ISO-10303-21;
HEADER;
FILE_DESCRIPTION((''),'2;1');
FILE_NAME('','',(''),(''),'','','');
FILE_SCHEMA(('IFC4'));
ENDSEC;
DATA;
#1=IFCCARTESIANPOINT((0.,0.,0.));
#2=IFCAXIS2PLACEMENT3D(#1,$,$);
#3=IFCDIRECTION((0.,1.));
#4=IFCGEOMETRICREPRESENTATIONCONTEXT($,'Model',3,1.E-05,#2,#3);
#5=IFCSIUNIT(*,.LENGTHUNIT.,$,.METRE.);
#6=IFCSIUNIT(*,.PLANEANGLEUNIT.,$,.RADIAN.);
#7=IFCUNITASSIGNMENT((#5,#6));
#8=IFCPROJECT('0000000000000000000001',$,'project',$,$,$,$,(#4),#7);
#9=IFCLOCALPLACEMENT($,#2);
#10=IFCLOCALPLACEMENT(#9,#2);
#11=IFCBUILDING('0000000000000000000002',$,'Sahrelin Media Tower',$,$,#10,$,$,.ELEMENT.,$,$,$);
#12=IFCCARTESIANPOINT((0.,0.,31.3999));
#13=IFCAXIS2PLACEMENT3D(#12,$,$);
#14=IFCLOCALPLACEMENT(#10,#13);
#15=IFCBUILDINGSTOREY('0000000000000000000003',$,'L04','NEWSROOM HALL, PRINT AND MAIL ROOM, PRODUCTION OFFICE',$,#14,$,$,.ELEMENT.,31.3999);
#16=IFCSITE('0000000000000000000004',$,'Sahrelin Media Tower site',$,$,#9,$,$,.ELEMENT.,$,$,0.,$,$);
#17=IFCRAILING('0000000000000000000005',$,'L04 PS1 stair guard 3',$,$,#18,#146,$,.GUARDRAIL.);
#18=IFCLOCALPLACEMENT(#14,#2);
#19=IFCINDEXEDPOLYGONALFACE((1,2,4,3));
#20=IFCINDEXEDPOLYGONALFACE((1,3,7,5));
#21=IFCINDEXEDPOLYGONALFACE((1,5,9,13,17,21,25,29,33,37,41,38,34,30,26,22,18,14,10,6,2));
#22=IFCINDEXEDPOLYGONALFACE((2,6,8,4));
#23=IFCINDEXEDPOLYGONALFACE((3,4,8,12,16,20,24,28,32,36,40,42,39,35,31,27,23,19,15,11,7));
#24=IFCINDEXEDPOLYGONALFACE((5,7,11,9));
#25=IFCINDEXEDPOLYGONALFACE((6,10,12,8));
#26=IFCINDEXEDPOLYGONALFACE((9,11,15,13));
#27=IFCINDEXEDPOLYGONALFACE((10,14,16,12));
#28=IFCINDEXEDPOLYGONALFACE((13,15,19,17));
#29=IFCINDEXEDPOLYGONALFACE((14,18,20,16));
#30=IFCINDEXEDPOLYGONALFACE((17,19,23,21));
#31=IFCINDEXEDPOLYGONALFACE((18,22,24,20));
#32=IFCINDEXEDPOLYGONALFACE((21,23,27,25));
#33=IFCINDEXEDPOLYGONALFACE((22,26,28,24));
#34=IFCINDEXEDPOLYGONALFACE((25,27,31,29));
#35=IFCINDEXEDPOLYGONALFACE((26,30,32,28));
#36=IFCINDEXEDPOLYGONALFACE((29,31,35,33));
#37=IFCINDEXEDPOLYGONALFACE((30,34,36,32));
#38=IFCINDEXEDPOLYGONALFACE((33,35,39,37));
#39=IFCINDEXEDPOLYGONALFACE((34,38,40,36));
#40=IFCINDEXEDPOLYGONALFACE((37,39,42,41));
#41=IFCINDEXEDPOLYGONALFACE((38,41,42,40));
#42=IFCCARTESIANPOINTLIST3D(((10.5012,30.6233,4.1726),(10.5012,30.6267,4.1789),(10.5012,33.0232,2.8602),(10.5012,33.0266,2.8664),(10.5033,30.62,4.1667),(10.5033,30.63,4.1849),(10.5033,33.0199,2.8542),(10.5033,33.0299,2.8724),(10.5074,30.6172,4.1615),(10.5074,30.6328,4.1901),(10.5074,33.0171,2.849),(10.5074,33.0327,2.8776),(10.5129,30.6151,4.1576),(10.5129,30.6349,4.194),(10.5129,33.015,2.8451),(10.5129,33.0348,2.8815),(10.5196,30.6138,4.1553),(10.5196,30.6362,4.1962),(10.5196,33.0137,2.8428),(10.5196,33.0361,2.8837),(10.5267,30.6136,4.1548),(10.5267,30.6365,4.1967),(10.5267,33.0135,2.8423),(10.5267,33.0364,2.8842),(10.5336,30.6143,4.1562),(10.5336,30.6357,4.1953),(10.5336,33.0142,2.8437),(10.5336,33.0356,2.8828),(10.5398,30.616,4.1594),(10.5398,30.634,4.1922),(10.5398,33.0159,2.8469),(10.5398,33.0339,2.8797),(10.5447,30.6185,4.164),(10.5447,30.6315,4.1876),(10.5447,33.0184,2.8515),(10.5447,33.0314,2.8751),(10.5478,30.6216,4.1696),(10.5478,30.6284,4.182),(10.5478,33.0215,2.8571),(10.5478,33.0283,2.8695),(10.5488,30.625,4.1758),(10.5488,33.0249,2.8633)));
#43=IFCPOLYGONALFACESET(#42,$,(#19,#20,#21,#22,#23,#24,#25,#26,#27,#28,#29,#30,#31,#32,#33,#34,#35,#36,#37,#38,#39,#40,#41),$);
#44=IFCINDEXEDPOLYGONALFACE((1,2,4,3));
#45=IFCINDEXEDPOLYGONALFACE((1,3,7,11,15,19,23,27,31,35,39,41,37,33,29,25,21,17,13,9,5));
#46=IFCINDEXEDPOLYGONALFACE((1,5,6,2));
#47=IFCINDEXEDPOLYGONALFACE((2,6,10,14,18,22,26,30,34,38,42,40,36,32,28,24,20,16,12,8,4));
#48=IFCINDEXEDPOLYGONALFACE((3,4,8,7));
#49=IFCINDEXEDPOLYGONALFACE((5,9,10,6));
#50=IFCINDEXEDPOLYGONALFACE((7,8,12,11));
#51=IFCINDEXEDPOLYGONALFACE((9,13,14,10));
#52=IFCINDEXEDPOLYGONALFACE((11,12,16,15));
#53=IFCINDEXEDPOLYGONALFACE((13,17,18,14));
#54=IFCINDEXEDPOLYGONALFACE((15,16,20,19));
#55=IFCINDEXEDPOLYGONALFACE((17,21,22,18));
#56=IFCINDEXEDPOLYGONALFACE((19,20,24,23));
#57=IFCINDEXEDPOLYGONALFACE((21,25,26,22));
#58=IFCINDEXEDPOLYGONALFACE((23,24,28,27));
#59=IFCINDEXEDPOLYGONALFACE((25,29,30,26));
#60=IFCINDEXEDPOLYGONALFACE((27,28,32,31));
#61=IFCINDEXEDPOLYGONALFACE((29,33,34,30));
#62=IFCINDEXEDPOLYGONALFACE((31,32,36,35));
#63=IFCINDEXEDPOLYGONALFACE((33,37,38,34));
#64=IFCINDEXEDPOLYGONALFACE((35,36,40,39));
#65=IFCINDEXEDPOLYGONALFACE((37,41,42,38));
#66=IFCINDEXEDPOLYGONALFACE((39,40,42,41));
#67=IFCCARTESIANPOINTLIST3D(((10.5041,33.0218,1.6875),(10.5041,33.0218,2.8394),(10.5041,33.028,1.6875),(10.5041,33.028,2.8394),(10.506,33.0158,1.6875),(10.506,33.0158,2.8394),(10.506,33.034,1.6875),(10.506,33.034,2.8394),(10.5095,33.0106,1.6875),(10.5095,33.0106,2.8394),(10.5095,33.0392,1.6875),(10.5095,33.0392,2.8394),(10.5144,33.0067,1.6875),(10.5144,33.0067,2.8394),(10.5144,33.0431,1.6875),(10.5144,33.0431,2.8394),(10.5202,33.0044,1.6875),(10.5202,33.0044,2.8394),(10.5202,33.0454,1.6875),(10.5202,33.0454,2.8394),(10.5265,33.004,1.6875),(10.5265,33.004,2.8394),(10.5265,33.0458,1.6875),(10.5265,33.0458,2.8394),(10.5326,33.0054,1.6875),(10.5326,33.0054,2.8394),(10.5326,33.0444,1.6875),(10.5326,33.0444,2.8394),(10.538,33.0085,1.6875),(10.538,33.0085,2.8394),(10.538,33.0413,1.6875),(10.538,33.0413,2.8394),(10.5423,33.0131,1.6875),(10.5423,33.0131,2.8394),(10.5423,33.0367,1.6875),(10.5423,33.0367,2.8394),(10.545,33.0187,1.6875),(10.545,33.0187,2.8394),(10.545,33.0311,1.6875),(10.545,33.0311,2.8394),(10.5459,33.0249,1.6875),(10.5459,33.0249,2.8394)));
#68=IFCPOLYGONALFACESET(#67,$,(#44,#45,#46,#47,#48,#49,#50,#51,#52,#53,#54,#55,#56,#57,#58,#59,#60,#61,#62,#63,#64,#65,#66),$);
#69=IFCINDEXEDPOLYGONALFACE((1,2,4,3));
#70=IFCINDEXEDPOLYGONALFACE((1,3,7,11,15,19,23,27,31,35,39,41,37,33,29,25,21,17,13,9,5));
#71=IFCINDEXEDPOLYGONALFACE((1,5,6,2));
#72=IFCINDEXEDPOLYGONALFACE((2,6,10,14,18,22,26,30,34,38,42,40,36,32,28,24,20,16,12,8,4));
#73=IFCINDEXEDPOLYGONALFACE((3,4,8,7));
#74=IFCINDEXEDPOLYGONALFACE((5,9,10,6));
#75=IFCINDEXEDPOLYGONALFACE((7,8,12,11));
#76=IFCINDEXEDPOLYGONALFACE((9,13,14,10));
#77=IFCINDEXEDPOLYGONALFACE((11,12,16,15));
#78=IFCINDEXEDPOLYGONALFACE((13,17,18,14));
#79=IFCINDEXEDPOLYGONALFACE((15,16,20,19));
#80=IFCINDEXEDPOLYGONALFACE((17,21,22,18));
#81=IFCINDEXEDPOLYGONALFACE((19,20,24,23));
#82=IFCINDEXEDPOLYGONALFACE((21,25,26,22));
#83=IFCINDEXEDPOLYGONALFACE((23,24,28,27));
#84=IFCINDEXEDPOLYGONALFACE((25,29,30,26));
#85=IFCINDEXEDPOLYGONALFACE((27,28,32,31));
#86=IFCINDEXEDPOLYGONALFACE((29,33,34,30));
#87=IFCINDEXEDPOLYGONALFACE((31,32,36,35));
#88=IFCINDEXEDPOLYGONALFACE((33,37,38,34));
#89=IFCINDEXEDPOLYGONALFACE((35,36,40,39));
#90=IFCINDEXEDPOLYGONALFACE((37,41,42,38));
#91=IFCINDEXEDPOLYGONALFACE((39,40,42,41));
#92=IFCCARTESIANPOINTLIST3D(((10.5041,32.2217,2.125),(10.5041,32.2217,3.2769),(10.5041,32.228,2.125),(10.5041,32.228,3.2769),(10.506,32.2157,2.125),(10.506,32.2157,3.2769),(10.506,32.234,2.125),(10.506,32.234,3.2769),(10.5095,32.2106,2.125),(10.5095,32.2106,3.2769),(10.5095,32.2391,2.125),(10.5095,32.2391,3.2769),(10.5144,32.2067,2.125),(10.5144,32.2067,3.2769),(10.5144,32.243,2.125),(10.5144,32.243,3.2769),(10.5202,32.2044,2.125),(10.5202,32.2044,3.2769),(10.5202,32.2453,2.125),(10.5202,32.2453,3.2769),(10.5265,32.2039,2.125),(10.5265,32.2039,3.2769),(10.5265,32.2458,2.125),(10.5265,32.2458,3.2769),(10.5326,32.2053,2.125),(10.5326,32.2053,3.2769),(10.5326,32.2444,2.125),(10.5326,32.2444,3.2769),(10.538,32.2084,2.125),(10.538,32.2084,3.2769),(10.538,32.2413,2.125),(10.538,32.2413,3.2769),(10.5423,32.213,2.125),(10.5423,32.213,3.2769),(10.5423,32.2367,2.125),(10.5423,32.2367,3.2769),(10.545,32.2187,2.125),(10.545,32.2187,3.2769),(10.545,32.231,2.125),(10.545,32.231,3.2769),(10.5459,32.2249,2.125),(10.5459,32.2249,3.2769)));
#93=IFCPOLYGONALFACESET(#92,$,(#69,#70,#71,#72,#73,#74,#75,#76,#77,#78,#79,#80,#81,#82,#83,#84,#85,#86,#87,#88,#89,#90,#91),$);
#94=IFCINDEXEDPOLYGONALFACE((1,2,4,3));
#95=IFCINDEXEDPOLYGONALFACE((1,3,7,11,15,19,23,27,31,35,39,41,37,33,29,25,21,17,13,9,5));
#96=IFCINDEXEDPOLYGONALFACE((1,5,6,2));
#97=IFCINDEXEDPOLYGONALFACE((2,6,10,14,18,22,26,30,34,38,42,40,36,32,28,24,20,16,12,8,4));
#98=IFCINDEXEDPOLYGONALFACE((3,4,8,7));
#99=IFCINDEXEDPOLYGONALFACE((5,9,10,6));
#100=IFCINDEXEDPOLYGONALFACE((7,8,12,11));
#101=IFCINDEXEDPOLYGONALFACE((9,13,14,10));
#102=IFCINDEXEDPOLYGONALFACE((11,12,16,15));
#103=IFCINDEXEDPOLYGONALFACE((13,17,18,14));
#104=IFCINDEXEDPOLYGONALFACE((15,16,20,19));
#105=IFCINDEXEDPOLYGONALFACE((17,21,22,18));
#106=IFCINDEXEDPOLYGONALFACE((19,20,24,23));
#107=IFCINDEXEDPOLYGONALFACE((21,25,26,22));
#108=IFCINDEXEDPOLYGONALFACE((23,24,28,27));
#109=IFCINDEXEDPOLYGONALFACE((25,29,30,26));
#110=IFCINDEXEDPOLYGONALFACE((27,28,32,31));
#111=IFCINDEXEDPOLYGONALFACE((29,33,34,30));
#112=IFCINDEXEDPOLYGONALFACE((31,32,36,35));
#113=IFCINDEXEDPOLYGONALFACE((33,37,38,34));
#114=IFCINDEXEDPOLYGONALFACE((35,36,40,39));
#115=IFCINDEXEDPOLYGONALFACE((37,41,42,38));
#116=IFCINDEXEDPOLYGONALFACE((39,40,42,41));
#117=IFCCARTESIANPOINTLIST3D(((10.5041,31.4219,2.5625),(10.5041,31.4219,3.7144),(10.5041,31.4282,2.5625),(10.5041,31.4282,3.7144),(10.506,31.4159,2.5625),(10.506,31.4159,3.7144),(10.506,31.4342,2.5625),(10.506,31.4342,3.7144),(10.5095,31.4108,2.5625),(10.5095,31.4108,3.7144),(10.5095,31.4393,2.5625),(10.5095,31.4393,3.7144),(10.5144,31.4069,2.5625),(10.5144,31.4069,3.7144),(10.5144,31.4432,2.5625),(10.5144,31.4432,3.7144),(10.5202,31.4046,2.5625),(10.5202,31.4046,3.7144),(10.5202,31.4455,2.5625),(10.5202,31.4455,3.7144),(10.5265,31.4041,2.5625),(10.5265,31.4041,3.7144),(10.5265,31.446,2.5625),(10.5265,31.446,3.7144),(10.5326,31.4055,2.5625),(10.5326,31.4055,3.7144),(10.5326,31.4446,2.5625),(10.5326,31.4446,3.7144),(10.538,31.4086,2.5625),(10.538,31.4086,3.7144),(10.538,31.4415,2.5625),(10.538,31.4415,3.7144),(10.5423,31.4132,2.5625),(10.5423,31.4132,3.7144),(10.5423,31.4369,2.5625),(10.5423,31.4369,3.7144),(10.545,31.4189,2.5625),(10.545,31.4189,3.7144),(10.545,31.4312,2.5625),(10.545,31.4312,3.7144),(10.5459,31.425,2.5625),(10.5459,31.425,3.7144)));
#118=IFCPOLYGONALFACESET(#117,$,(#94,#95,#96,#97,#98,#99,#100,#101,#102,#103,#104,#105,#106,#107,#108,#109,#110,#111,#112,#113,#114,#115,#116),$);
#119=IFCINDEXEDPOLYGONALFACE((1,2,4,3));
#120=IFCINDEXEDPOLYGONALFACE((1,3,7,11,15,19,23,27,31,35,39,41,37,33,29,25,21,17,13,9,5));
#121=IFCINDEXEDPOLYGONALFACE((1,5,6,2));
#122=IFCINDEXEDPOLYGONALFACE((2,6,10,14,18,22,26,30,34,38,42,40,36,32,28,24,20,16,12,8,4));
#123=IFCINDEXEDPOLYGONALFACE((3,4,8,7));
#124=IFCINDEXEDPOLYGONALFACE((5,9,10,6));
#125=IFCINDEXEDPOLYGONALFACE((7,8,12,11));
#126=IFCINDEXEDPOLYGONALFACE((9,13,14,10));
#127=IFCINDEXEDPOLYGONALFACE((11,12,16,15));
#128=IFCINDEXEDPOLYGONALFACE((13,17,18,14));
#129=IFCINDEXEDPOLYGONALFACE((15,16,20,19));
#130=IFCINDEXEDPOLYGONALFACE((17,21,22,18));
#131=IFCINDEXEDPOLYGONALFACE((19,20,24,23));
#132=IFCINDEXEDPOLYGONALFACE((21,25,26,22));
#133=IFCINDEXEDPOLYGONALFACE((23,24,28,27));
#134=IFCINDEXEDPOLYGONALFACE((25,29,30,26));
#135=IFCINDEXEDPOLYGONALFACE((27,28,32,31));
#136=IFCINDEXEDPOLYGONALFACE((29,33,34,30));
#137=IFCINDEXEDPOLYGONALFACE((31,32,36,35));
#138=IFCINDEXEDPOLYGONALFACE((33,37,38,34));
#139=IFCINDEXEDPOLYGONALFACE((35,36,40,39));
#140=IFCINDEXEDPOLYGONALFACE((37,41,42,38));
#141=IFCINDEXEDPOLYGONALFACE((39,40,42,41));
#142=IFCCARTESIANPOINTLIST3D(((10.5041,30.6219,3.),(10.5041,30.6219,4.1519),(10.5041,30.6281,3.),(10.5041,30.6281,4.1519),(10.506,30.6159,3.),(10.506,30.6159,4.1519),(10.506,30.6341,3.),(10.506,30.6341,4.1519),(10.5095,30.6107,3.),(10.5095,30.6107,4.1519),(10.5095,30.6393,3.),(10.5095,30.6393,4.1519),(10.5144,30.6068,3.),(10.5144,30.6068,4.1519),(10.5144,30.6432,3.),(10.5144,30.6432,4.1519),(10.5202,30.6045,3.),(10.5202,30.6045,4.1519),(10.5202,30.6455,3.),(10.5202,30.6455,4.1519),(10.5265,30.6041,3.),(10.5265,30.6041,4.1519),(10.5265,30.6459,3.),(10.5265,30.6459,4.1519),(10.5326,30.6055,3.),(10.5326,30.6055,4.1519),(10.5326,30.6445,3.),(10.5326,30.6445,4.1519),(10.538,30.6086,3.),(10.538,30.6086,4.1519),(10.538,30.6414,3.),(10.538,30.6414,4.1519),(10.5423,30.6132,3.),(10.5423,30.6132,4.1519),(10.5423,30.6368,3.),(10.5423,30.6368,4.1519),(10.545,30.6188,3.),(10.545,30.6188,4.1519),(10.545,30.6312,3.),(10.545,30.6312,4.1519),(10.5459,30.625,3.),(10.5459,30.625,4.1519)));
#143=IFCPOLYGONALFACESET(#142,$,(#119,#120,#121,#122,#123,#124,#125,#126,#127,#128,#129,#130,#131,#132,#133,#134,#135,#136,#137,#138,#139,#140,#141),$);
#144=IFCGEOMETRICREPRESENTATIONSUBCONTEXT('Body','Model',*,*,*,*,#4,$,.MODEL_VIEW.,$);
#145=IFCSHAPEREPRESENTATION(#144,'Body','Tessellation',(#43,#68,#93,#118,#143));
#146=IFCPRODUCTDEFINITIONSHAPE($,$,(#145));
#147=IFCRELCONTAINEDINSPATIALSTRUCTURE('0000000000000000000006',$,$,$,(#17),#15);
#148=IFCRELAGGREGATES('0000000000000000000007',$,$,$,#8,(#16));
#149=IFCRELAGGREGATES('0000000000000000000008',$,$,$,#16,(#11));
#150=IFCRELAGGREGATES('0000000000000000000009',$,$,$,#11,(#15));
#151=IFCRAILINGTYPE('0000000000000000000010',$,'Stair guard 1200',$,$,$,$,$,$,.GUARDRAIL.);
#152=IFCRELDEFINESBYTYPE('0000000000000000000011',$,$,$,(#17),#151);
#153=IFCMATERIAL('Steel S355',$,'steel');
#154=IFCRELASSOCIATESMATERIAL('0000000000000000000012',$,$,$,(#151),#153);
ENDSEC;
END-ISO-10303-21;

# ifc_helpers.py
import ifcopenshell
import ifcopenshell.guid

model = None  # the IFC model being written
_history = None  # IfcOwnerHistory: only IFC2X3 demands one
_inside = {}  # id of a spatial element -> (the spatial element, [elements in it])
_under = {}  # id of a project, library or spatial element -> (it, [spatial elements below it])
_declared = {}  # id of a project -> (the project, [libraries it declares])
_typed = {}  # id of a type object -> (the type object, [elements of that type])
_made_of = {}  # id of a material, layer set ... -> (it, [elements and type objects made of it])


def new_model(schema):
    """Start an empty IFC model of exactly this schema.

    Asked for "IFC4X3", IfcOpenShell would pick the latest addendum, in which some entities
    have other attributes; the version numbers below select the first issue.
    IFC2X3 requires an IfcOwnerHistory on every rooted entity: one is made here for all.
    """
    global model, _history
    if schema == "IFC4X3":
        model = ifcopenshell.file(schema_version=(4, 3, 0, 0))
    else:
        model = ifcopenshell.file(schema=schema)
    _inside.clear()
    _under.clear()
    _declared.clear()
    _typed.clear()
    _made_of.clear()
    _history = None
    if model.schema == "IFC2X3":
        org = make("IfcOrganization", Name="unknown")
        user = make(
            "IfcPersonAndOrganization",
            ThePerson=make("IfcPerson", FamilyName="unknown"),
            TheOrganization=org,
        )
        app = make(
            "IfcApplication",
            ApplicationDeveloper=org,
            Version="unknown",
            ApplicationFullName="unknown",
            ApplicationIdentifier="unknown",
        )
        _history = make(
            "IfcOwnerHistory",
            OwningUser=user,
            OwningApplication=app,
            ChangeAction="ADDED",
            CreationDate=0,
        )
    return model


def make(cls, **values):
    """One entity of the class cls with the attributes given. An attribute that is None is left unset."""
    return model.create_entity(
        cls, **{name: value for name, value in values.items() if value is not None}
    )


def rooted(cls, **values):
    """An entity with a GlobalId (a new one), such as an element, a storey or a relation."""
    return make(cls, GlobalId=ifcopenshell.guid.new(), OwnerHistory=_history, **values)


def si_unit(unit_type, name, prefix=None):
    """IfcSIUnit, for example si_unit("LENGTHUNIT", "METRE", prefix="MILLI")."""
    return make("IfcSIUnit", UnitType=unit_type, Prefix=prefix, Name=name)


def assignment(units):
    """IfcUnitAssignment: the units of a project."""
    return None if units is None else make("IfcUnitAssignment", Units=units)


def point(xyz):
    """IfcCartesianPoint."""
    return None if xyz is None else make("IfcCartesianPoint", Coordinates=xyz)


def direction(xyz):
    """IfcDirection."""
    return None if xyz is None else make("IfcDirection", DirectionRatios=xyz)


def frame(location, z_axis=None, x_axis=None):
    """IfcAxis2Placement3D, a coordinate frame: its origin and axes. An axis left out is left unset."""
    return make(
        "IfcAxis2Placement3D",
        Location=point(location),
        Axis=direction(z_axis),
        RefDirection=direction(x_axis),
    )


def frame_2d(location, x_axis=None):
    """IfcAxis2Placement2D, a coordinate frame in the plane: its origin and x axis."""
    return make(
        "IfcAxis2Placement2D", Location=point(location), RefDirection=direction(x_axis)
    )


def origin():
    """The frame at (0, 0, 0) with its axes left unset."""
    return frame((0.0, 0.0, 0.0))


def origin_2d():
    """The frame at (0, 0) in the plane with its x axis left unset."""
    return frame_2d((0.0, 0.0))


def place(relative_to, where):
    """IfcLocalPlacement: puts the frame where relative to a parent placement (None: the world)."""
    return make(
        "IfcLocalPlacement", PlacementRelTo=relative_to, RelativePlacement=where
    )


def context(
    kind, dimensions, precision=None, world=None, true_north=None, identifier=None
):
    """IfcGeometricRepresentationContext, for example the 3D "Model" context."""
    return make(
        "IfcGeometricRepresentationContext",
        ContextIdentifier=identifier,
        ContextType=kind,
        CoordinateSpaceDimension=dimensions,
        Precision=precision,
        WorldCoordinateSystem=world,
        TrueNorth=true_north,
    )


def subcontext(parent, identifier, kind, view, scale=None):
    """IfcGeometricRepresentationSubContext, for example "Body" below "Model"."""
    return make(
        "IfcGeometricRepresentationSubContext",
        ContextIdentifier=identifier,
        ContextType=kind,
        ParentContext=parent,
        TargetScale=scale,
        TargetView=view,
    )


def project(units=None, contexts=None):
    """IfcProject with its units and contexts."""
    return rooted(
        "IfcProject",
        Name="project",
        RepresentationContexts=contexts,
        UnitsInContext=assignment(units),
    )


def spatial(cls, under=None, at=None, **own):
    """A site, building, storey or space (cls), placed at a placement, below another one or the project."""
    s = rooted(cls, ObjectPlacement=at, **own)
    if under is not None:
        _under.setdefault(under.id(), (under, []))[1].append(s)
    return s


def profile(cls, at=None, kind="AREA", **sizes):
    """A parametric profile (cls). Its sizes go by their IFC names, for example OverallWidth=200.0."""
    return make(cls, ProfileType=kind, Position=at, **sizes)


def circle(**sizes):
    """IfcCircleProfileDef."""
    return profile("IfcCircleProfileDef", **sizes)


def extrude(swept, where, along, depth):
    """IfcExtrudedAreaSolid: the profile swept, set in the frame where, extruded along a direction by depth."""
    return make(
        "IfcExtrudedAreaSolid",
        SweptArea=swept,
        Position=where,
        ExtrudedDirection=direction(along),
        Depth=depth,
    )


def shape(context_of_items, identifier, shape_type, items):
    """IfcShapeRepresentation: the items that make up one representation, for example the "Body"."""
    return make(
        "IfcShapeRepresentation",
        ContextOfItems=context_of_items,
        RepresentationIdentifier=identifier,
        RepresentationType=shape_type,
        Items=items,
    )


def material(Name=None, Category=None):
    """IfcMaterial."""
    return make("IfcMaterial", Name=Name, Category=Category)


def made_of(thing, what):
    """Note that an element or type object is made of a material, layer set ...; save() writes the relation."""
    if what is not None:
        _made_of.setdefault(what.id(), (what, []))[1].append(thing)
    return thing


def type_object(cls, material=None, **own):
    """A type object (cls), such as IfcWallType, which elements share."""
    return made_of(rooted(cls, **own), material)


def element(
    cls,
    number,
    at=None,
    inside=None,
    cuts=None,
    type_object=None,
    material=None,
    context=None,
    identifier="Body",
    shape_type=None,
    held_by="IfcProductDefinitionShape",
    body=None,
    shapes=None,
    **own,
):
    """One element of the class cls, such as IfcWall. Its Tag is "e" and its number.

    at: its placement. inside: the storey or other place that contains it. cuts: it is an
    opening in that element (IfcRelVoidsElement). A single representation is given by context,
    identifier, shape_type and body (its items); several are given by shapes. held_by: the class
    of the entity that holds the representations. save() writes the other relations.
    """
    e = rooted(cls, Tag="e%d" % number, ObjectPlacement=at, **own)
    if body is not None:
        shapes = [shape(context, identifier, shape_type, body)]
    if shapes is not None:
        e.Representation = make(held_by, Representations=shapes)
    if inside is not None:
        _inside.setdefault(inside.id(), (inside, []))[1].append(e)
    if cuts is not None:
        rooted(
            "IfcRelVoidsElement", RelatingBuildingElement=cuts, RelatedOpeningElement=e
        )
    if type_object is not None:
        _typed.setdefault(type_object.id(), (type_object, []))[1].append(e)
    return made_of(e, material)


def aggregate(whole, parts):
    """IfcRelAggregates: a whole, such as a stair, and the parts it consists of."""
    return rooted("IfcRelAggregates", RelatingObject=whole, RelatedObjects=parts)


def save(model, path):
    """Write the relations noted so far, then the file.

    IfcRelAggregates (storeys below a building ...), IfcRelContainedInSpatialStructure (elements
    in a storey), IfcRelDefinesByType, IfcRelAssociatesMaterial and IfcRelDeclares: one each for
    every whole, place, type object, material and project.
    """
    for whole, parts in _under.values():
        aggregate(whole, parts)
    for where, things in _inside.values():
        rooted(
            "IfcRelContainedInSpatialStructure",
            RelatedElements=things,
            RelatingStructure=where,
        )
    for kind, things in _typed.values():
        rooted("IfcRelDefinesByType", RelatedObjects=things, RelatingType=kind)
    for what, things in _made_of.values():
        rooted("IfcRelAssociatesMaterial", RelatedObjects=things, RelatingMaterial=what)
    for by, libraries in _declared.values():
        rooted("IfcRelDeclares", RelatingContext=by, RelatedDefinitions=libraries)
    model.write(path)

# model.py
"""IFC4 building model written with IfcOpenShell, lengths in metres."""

from ifc_helpers import new_model, si_unit, direction, frame, origin, origin_2d, place, context, subcontext, project, spatial, circle, extrude, material, type_object, element, save


model = new_model("IFC4")

# Units and contexts
model_context = context("Model", 3, precision=1e-05, world=origin(), true_north=direction((0.0, 1.0)))
body_context = subcontext(model_context, "Body", "Model", "MODEL_VIEW")
ifc_project = project(units=[si_unit("LENGTHUNIT", "METRE"), si_unit("PLANEANGLEUNIT", "RADIAN")], contexts=[model_context])

# Site, building, storey
site_placement = place(None, origin())
site = spatial("IfcSite", under=ifc_project, at=site_placement, Name="Sahrelin Media Tower site", CompositionType="ELEMENT", RefElevation=0.0)
building_placement = place(site_placement, origin())
building = spatial("IfcBuilding", under=site, at=building_placement, Name="Sahrelin Media Tower", CompositionType="ELEMENT")
storey_placement = place(building_placement, frame((0.0, 0.0, 31.3999)))
storey = spatial("IfcBuildingStorey", under=building, at=storey_placement, Name="L04", Description="NEWSROOM HALL, PRINT AND MAIL ROOM, PRODUCTION OFFICE", CompositionType="ELEMENT", Elevation=31.3999)

# Shared definitions
ifc_material_1 = material(Name="Steel S355", Category="steel")

# Railing
railing_type_1 = type_object("IfcRailingType", Name="Stair guard 1200", PredefinedType="GUARDRAIL", material=ifc_material_1)
railing_1_placement = place(storey_placement, frame((10.5249, 33.0249, 1.6875)))
element("IfcRailing", 1, at=railing_1_placement, inside=storey, type_object=railing_type_1, Name="L04 PS1 stair guard 3", PredefinedType="GUARDRAIL", context=body_context, shape_type="SweptSolid", body=[
    extrude(circle(Radius=0.0239, at=origin_2d()), frame((0.0, 0.0, 1.1758), z_axis=(0.0, -0.877363, 0.479827), x_axis=(1.0, 0.0, 0.0)), (0.0, 0.0, 1.0), 2.7354),
    extrude(circle(Radius=0.021, at=origin_2d()), origin(), (0.0, 0.0, 1.0), 1.1519),
    extrude(circle(Radius=0.021, at=origin_2d()), frame((0.0, -0.8, 0.4375)), (0.0, 0.0, 1.0), 1.1519),
    extrude(circle(Radius=0.021, at=origin_2d()), frame((0.0, -1.5999, 0.875)), (0.0, 0.0, 1.0), 1.1519),
    extrude(circle(Radius=0.021, at=origin_2d()), frame((0.0, -2.3999, 1.3125)), (0.0, 0.0, 1.0), 1.1519),
])

save(model, "model.ifc")
